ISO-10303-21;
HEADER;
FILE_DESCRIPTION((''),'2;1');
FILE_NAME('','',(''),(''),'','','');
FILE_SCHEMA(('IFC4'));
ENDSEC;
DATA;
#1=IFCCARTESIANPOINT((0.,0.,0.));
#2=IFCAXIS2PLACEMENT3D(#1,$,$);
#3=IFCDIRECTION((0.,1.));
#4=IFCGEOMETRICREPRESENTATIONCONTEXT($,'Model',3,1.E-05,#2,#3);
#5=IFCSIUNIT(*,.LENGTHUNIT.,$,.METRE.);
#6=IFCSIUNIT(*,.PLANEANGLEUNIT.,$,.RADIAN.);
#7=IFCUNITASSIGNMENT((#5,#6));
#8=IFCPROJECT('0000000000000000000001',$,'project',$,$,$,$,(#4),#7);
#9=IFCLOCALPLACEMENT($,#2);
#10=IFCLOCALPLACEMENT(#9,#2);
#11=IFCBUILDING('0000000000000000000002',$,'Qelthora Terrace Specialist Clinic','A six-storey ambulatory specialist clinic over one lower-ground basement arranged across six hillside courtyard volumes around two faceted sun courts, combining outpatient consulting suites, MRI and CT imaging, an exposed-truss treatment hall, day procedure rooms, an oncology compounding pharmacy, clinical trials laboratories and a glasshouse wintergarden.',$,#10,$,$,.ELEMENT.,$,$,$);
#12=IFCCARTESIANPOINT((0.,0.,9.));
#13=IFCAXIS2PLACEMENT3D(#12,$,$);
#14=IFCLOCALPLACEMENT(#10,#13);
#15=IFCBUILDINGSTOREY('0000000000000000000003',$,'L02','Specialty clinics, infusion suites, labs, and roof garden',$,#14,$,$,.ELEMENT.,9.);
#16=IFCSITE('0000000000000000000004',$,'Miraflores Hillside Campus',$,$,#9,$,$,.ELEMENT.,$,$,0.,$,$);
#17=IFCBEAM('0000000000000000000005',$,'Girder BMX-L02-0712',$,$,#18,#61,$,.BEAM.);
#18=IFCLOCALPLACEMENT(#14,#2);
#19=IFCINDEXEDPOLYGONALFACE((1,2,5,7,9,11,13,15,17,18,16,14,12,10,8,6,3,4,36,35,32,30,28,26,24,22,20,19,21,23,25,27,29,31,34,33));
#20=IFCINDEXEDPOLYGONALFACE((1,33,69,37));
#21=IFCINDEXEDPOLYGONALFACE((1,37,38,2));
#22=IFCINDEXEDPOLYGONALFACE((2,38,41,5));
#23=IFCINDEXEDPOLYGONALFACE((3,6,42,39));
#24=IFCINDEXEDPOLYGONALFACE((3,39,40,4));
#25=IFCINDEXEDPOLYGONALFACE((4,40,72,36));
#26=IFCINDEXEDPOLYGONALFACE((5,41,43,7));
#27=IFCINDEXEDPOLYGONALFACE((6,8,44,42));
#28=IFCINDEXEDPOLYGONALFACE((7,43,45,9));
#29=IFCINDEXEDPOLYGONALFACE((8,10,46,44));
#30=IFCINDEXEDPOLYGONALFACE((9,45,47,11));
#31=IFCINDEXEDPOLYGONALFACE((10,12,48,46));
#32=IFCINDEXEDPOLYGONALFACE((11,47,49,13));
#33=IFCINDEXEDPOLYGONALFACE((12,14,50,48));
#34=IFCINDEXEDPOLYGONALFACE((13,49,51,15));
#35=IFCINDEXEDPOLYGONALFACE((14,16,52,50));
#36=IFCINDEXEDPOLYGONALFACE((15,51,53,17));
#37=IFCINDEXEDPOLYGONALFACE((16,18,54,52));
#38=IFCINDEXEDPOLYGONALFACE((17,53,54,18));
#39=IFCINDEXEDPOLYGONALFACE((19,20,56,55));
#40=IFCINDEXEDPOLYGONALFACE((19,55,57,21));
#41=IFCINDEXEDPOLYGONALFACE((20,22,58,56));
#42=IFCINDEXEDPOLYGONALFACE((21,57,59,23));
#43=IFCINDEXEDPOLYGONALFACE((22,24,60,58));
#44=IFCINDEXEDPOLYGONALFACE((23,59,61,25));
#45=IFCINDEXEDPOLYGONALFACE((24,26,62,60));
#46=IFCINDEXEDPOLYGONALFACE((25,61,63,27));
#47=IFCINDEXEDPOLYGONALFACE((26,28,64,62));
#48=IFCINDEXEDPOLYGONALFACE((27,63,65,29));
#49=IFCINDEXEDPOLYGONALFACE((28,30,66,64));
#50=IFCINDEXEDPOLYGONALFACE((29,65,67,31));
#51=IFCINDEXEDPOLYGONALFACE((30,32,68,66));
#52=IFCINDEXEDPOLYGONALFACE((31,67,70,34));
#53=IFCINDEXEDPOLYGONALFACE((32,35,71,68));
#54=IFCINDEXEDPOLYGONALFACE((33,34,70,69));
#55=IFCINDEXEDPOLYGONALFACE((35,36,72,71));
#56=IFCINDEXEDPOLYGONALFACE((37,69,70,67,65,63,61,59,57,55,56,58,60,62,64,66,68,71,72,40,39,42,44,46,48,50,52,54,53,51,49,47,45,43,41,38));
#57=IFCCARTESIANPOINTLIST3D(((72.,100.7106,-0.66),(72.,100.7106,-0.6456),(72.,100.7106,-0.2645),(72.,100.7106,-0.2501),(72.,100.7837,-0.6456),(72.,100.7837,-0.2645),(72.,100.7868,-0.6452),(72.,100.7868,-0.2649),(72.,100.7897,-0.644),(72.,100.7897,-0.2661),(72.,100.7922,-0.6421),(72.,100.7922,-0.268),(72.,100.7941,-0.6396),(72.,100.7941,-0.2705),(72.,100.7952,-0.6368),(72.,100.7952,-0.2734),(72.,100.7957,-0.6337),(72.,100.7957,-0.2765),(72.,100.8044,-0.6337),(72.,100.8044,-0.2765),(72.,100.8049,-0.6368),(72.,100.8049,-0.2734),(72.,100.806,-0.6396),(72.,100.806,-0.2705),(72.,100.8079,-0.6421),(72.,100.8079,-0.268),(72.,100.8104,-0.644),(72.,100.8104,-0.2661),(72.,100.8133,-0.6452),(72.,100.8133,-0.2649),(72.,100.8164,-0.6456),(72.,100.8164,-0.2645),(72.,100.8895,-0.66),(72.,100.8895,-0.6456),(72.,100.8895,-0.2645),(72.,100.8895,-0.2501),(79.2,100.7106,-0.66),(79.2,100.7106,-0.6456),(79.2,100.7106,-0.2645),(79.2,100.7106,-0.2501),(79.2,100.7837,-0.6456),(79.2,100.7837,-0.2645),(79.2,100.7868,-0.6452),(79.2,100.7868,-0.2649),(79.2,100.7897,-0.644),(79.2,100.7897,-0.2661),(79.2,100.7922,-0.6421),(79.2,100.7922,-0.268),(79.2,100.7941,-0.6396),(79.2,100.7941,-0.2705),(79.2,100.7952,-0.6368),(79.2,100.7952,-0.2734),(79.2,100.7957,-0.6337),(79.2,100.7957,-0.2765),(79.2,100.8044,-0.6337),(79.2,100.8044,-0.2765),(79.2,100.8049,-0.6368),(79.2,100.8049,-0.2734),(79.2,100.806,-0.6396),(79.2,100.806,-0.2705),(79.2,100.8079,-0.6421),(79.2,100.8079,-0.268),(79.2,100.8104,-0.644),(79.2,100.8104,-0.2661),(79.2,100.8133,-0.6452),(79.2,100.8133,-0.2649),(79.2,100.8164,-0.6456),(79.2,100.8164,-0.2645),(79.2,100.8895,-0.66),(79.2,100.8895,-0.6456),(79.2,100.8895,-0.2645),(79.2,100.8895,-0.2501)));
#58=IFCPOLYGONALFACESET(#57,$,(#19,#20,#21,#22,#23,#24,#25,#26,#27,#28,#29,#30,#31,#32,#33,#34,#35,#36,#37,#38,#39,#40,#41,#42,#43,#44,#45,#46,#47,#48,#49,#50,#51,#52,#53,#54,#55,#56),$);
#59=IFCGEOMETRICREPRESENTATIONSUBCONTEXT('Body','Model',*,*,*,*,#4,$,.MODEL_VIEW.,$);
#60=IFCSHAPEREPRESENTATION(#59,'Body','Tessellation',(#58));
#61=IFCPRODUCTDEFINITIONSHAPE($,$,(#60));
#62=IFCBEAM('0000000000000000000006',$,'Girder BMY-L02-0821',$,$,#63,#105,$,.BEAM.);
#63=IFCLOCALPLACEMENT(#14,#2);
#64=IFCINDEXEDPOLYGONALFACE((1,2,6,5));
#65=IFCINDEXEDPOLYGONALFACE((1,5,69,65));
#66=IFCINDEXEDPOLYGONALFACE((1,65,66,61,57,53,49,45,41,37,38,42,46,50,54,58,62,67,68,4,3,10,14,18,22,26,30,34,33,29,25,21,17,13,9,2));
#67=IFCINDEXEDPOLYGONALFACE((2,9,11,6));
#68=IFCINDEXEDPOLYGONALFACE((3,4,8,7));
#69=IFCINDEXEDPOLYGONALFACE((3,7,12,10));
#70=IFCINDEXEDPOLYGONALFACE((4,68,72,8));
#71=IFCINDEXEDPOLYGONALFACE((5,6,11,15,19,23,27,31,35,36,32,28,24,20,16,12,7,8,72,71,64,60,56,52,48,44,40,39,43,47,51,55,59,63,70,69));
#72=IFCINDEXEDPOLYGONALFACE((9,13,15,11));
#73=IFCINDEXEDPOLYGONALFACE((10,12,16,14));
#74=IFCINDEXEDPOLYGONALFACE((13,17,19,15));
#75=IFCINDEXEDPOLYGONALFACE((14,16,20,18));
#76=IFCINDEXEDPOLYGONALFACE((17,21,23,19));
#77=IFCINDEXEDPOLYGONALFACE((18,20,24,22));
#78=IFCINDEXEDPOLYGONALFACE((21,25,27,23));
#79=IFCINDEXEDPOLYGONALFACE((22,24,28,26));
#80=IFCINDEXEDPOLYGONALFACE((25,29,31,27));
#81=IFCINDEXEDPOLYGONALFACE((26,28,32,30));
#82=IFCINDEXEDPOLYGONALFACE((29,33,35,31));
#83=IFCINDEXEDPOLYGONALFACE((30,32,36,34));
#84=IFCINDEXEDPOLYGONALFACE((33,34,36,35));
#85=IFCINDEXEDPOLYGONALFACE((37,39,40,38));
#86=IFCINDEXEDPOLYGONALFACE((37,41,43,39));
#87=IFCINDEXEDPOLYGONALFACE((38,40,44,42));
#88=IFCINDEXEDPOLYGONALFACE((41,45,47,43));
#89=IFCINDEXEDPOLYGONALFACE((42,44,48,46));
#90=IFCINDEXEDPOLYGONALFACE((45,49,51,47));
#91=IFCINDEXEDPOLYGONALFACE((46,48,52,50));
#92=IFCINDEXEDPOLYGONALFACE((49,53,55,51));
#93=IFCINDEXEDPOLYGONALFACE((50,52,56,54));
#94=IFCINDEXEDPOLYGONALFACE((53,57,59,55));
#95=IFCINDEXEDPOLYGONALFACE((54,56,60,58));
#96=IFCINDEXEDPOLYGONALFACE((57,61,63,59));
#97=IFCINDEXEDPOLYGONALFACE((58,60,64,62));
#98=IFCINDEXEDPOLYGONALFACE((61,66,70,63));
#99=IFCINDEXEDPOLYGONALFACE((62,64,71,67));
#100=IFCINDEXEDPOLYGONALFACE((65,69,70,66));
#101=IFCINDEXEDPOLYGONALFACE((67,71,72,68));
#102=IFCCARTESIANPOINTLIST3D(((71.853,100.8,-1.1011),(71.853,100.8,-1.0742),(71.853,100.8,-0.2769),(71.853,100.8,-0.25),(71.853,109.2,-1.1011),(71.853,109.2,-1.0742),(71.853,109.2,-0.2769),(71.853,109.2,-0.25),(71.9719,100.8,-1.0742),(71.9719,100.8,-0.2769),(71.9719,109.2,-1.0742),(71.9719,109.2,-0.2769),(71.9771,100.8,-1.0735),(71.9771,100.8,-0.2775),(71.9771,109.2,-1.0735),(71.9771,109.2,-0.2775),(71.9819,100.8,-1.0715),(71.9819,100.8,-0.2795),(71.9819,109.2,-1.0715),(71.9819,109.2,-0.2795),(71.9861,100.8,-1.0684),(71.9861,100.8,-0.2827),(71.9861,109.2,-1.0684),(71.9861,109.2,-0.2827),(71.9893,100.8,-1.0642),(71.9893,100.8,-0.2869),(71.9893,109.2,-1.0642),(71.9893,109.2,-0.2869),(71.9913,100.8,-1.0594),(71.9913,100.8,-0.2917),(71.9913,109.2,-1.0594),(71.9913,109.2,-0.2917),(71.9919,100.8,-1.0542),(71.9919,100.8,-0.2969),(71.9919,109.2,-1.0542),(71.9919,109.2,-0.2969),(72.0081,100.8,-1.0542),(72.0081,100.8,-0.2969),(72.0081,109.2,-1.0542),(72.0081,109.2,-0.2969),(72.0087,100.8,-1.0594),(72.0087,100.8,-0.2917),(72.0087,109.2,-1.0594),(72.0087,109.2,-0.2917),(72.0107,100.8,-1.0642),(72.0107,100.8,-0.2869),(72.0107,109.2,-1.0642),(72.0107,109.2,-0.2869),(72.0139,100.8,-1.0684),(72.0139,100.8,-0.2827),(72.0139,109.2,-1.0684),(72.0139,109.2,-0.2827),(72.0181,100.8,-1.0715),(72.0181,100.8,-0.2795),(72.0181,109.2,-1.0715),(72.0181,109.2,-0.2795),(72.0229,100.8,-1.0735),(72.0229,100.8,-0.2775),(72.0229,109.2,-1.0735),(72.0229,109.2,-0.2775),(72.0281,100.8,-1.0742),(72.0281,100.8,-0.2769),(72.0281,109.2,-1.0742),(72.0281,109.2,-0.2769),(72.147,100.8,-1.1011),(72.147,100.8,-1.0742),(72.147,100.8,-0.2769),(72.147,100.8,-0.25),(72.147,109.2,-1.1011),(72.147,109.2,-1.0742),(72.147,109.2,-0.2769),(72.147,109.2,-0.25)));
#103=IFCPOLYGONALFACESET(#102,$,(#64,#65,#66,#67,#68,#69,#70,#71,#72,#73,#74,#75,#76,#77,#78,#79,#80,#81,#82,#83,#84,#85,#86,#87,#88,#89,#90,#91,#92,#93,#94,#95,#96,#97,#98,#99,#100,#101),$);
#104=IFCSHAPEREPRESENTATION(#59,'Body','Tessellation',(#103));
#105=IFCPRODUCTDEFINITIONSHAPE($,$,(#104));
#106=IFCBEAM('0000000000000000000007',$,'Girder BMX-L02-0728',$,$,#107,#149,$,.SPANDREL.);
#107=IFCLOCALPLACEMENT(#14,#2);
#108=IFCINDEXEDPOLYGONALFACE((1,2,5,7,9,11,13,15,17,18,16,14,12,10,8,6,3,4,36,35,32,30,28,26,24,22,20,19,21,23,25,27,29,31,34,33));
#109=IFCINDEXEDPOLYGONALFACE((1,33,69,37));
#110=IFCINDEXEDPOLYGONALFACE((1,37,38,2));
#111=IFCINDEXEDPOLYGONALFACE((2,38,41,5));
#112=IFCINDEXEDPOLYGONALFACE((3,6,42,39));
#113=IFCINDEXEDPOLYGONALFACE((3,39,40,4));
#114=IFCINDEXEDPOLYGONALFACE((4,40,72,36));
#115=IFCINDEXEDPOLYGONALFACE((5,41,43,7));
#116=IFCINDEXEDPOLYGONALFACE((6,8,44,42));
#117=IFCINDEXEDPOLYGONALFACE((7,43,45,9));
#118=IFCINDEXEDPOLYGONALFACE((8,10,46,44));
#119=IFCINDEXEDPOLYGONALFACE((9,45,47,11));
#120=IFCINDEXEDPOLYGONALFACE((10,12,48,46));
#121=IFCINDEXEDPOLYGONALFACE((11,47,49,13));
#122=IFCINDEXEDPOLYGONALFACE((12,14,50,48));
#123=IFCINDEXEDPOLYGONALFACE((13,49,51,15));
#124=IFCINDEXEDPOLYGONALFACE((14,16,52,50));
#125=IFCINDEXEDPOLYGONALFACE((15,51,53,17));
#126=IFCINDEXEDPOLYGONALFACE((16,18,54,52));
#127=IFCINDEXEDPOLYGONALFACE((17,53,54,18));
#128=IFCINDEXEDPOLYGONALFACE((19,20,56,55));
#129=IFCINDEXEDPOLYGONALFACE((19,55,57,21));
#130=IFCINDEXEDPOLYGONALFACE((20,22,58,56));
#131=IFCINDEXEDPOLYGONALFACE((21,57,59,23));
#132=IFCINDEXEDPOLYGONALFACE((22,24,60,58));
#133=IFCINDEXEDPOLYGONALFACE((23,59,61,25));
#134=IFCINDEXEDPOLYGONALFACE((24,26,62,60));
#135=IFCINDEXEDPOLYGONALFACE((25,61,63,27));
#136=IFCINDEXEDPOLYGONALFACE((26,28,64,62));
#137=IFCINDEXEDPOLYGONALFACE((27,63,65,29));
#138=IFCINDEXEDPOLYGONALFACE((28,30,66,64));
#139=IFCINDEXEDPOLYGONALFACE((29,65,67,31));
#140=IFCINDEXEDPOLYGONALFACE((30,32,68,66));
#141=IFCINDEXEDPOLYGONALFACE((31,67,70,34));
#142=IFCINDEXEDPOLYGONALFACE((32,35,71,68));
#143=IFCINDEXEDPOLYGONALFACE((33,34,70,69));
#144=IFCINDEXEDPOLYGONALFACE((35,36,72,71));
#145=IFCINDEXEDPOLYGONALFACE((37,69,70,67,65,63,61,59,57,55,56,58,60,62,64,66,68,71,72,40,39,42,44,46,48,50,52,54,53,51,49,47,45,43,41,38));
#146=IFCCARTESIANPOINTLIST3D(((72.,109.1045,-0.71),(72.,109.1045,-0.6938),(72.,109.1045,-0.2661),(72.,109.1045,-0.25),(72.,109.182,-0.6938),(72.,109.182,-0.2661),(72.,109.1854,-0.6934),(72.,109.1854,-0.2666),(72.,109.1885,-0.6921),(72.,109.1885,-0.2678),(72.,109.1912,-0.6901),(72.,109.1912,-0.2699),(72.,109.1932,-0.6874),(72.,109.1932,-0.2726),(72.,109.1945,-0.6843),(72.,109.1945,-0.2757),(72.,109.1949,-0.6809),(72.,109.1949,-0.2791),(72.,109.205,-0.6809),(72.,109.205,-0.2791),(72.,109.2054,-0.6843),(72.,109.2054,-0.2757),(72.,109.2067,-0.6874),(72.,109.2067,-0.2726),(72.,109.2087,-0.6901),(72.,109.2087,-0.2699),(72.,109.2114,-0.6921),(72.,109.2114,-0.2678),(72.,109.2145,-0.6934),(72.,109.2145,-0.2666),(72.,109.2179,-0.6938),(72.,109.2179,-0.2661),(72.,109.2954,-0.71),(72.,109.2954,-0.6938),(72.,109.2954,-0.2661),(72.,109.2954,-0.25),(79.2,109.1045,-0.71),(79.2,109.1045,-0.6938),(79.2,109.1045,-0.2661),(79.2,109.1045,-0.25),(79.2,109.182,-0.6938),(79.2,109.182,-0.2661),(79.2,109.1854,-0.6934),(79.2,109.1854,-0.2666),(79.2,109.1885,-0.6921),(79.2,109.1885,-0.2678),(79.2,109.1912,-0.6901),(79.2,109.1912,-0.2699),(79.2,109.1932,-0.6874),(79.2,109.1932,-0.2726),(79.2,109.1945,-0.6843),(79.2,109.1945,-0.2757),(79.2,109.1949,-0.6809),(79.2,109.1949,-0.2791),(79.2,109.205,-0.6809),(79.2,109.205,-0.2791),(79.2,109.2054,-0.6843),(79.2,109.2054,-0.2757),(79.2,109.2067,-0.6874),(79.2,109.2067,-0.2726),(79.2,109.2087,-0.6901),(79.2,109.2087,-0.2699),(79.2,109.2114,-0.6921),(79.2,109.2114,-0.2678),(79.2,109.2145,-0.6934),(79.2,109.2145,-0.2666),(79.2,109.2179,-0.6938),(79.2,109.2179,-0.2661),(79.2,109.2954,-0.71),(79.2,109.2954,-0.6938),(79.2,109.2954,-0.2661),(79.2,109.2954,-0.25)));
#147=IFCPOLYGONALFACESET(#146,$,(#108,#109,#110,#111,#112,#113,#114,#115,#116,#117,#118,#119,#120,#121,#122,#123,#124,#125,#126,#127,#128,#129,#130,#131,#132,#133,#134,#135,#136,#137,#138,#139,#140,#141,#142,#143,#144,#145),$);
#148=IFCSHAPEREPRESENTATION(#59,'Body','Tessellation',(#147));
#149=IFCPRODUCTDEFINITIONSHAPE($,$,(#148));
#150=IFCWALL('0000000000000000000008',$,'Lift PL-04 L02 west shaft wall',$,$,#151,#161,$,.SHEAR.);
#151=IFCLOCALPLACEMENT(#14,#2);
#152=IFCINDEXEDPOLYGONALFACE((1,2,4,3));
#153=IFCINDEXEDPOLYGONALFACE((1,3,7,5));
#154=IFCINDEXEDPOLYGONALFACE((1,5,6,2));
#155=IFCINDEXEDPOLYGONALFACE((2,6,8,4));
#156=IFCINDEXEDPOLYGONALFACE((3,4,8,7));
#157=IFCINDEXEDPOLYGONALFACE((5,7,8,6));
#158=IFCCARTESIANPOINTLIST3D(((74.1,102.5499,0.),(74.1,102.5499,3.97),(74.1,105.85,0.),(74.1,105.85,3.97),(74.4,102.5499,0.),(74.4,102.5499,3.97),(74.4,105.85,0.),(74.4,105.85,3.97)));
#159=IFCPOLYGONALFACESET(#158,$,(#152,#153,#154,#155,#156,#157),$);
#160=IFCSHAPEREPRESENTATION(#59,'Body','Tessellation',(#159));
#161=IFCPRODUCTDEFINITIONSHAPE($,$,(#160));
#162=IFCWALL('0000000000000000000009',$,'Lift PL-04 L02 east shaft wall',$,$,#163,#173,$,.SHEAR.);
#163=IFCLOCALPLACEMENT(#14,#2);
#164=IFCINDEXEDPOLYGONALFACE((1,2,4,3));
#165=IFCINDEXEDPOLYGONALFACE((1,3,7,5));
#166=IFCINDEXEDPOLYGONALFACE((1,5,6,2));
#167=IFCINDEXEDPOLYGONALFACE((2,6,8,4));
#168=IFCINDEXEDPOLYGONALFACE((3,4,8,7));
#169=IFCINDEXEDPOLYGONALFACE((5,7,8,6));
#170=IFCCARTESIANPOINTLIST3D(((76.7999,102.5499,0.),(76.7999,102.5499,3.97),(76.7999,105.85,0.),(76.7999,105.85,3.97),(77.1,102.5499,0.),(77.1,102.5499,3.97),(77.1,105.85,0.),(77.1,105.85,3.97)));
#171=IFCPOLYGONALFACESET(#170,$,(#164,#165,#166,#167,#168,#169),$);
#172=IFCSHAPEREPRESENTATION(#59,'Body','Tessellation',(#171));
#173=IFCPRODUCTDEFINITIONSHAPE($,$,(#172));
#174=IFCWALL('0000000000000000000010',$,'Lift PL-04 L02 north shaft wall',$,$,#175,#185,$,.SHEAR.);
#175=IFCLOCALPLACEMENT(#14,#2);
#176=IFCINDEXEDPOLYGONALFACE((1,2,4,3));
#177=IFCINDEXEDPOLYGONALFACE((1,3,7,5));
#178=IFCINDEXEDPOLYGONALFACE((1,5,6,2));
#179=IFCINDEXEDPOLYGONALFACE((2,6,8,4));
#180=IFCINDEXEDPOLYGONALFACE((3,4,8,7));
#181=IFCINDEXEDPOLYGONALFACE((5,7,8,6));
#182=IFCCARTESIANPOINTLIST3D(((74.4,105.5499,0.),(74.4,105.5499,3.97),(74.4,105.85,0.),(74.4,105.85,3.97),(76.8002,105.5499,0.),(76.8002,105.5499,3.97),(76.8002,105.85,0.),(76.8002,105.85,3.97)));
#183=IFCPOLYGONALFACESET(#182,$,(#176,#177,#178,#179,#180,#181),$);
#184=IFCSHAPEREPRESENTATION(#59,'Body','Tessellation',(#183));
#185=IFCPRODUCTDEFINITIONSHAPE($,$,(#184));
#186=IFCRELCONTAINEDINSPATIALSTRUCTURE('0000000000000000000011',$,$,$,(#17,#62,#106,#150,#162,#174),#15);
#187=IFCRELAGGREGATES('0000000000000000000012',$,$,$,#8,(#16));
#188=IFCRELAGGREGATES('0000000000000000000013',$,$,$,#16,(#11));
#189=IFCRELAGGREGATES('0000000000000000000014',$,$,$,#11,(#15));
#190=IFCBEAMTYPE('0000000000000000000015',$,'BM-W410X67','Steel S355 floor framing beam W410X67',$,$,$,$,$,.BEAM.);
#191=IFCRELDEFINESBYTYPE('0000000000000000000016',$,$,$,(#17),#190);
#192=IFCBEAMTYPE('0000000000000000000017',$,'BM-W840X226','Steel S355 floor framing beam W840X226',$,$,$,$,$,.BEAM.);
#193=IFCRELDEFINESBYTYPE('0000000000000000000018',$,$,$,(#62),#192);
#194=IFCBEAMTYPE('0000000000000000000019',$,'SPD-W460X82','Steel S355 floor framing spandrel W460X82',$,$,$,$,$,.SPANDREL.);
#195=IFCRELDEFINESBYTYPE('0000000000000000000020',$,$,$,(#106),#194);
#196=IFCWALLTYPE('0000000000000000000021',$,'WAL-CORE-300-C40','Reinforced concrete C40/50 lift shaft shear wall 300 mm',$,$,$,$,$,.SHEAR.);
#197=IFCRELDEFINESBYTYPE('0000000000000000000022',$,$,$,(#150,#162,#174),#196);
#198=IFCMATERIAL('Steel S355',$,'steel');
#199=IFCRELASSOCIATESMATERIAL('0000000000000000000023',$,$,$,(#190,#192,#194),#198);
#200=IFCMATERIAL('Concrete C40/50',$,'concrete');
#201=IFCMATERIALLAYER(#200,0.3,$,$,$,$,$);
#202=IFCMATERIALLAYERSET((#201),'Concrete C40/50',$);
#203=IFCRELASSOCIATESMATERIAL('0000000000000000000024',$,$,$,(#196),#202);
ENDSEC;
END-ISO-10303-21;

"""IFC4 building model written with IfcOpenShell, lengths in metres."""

from ifc_helpers import new_model, si_unit, direction, frame, frame_2d, origin, origin_2d, place, context, subcontext, project, spatial, rectangle, i_section, extrude, material, layer, layer_set, material_profile, profile_set, type_object, element, save


model = new_model("IFC4")

# Units and contexts
model_context = context("Model", 3, precision=1e-05, world=origin(), true_north=direction((0.0, 1.0)))
body_context = subcontext(model_context, "Body", "Model", "MODEL_VIEW")
ifc_project = project(units=[si_unit("LENGTHUNIT", "METRE"), si_unit("PLANEANGLEUNIT", "RADIAN")], contexts=[model_context])

# Site, building, storey
site_placement = place(None, origin())
site = spatial("IfcSite", under=ifc_project, at=site_placement, Name="Miraflores Hillside Campus", CompositionType="ELEMENT", RefElevation=0.0)
building_placement = place(site_placement, origin())
building = spatial("IfcBuilding", under=site, at=building_placement, Name="Qelthora Terrace Specialist Clinic", Description="A six-storey ambulatory specialist clinic over one lower-ground basement arranged across six hillside courtyard volumes around two faceted sun courts, combining outpatient consulting suites, MRI and CT imaging, an exposed-truss treatment hall, day procedure rooms, an oncology compounding pharmacy, clinical trials laboratories and a glasshouse wintergarden.", CompositionType="ELEMENT")
storey_placement = place(building_placement, frame((0.0, 0.0, 9.0)))
storey = spatial("IfcBuildingStorey", under=building, at=storey_placement, Name="L02", Description="Specialty clinics, infusion suites, labs, and roof garden", CompositionType="ELEMENT", Elevation=9.0)

# Shared definitions
ifc_material_1 = material(Name="Steel S355", Category="steel")

# Beams
ifc_material_profile_1 = material_profile(ifc_material_1, i_section(OverallWidth=0.179, OverallDepth=0.4099, WebThickness=0.0088, FlangeThickness=0.0144, FilletRadius=0.012, at=origin_2d()), Name="W410X67")
ifc_profile_set_1 = profile_set([ifc_material_profile_1], Name="Steel S355")
beam_type_1 = type_object("IfcBeamType", Name="BM-W410X67", Description="Steel S355 floor framing beam W410X67", PredefinedType="BEAM", material=ifc_profile_set_1)
beam_1_placement = place(storey_placement, frame((72.0, 100.8, -0.4551), z_axis=(1.0, 0.0, 0.0), x_axis=(0.0, 1.0, 0.0)))
element("IfcBeam", 1, at=beam_1_placement, inside=storey, type_object=beam_type_1, Name="Girder BMX-L02-0712", PredefinedType="BEAM", context=body_context, shape_type="SweptSolid", body=[
    extrude(i_section(OverallWidth=0.179, OverallDepth=0.4099, WebThickness=0.0088, FlangeThickness=0.0144, FilletRadius=0.012, at=origin_2d()), origin(), (0.0, 0.0, 1.0), 7.2),
])
ifc_material_profile_2 = material_profile(ifc_material_1, i_section(OverallWidth=0.2939, OverallDepth=0.8511, WebThickness=0.0161, FlangeThickness=0.0269, FilletRadius=0.02, at=origin_2d()), Name="W840X226")
ifc_profile_set_2 = profile_set([ifc_material_profile_2], Name="Steel S355")
beam_type_2 = type_object("IfcBeamType", Name="BM-W840X226", Description="Steel S355 floor framing beam W840X226", PredefinedType="BEAM", material=ifc_profile_set_2)
beam_2_placement = place(storey_placement, frame((72.0, 100.8, -0.6755), z_axis=(0.0, 1.0, 0.0), x_axis=(-1.0, 0.0, 0.0)))
element("IfcBeam", 2, at=beam_2_placement, inside=storey, type_object=beam_type_2, Name="Girder BMY-L02-0821", PredefinedType="BEAM", context=body_context, shape_type="SweptSolid", body=[
    extrude(i_section(OverallWidth=0.2939, OverallDepth=0.8511, WebThickness=0.0161, FlangeThickness=0.0269, FilletRadius=0.02, at=origin_2d()), origin(), (0.0, 0.0, 1.0), 8.3999),
])
ifc_material_profile_3 = material_profile(ifc_material_1, i_section(OverallWidth=0.1909, OverallDepth=0.46, WebThickness=0.01, FlangeThickness=0.0161, FilletRadius=0.0129, at=origin_2d()), Name="W460X82")
ifc_profile_set_3 = profile_set([ifc_material_profile_3], Name="Steel S355")
beam_type_3 = type_object("IfcBeamType", Name="SPD-W460X82", Description="Steel S355 floor framing spandrel W460X82", PredefinedType="SPANDREL", material=ifc_profile_set_3)
beam_3_placement = place(storey_placement, frame((72.0, 109.2, -0.48), z_axis=(1.0, 0.0, 0.0), x_axis=(0.0, 1.0, 0.0)))
element("IfcBeam", 3, at=beam_3_placement, inside=storey, type_object=beam_type_3, Name="Girder BMX-L02-0728", PredefinedType="SPANDREL", context=body_context, shape_type="SweptSolid", body=[
    extrude(i_section(OverallWidth=0.1909, OverallDepth=0.46, WebThickness=0.01, FlangeThickness=0.0161, FilletRadius=0.0129, at=origin_2d()), origin(), (0.0, 0.0, 1.0), 7.2),
])

# Walls
ifc_material_2 = material(Name="Concrete C40/50", Category="concrete")
ifc_layer_1 = layer(ifc_material_2, 0.3)
ifc_layer_set_1 = layer_set([ifc_layer_1], Name="Concrete C40/50")
wall_type_1 = type_object("IfcWallType", Name="WAL-CORE-300-C40", Description="Reinforced concrete C40/50 lift shaft shear wall 300 mm", PredefinedType="SHEAR", material=ifc_layer_set_1)
for number, where, z_axis, x_axis, name in (
    (4, (74.25, 102.55, 0.0), (0.0, 0.0, 1.0), (0.0, 1.0, 0.0), "Lift PL-04 L02 west shaft wall"),
    (5, (76.95, 102.55, 0.0), (0.0, 0.0, 1.0), (0.0, 1.0, 0.0), "Lift PL-04 L02 east shaft wall"),
):
    element("IfcWall", number, at=place(storey_placement, frame(where, z_axis=z_axis, x_axis=x_axis)), inside=storey, type_object=wall_type_1, Name=name, PredefinedType="SHEAR", context=body_context, shape_type="SweptSolid", body=[
        extrude(rectangle(XDim=3.3, YDim=0.3, at=frame_2d((1.6499, 0.0))), origin(), (0.0, 0.0, 1.0), 3.97),
    ])
wall_1_placement = place(storey_placement, frame((74.3999, 105.7, 0.0), z_axis=(0.0, 0.0, 1.0), x_axis=(1.0, 0.0, 0.0)))
element("IfcWall", 6, at=wall_1_placement, inside=storey, type_object=wall_type_1, Name="Lift PL-04 L02 north shaft wall", PredefinedType="SHEAR", context=body_context, shape_type="SweptSolid", body=[
    extrude(rectangle(XDim=2.4001, YDim=0.3, at=frame_2d((1.2002, 0.0))), origin(), (0.0, 0.0, 1.0), 3.97),
])

save(model, "model.ifc")
